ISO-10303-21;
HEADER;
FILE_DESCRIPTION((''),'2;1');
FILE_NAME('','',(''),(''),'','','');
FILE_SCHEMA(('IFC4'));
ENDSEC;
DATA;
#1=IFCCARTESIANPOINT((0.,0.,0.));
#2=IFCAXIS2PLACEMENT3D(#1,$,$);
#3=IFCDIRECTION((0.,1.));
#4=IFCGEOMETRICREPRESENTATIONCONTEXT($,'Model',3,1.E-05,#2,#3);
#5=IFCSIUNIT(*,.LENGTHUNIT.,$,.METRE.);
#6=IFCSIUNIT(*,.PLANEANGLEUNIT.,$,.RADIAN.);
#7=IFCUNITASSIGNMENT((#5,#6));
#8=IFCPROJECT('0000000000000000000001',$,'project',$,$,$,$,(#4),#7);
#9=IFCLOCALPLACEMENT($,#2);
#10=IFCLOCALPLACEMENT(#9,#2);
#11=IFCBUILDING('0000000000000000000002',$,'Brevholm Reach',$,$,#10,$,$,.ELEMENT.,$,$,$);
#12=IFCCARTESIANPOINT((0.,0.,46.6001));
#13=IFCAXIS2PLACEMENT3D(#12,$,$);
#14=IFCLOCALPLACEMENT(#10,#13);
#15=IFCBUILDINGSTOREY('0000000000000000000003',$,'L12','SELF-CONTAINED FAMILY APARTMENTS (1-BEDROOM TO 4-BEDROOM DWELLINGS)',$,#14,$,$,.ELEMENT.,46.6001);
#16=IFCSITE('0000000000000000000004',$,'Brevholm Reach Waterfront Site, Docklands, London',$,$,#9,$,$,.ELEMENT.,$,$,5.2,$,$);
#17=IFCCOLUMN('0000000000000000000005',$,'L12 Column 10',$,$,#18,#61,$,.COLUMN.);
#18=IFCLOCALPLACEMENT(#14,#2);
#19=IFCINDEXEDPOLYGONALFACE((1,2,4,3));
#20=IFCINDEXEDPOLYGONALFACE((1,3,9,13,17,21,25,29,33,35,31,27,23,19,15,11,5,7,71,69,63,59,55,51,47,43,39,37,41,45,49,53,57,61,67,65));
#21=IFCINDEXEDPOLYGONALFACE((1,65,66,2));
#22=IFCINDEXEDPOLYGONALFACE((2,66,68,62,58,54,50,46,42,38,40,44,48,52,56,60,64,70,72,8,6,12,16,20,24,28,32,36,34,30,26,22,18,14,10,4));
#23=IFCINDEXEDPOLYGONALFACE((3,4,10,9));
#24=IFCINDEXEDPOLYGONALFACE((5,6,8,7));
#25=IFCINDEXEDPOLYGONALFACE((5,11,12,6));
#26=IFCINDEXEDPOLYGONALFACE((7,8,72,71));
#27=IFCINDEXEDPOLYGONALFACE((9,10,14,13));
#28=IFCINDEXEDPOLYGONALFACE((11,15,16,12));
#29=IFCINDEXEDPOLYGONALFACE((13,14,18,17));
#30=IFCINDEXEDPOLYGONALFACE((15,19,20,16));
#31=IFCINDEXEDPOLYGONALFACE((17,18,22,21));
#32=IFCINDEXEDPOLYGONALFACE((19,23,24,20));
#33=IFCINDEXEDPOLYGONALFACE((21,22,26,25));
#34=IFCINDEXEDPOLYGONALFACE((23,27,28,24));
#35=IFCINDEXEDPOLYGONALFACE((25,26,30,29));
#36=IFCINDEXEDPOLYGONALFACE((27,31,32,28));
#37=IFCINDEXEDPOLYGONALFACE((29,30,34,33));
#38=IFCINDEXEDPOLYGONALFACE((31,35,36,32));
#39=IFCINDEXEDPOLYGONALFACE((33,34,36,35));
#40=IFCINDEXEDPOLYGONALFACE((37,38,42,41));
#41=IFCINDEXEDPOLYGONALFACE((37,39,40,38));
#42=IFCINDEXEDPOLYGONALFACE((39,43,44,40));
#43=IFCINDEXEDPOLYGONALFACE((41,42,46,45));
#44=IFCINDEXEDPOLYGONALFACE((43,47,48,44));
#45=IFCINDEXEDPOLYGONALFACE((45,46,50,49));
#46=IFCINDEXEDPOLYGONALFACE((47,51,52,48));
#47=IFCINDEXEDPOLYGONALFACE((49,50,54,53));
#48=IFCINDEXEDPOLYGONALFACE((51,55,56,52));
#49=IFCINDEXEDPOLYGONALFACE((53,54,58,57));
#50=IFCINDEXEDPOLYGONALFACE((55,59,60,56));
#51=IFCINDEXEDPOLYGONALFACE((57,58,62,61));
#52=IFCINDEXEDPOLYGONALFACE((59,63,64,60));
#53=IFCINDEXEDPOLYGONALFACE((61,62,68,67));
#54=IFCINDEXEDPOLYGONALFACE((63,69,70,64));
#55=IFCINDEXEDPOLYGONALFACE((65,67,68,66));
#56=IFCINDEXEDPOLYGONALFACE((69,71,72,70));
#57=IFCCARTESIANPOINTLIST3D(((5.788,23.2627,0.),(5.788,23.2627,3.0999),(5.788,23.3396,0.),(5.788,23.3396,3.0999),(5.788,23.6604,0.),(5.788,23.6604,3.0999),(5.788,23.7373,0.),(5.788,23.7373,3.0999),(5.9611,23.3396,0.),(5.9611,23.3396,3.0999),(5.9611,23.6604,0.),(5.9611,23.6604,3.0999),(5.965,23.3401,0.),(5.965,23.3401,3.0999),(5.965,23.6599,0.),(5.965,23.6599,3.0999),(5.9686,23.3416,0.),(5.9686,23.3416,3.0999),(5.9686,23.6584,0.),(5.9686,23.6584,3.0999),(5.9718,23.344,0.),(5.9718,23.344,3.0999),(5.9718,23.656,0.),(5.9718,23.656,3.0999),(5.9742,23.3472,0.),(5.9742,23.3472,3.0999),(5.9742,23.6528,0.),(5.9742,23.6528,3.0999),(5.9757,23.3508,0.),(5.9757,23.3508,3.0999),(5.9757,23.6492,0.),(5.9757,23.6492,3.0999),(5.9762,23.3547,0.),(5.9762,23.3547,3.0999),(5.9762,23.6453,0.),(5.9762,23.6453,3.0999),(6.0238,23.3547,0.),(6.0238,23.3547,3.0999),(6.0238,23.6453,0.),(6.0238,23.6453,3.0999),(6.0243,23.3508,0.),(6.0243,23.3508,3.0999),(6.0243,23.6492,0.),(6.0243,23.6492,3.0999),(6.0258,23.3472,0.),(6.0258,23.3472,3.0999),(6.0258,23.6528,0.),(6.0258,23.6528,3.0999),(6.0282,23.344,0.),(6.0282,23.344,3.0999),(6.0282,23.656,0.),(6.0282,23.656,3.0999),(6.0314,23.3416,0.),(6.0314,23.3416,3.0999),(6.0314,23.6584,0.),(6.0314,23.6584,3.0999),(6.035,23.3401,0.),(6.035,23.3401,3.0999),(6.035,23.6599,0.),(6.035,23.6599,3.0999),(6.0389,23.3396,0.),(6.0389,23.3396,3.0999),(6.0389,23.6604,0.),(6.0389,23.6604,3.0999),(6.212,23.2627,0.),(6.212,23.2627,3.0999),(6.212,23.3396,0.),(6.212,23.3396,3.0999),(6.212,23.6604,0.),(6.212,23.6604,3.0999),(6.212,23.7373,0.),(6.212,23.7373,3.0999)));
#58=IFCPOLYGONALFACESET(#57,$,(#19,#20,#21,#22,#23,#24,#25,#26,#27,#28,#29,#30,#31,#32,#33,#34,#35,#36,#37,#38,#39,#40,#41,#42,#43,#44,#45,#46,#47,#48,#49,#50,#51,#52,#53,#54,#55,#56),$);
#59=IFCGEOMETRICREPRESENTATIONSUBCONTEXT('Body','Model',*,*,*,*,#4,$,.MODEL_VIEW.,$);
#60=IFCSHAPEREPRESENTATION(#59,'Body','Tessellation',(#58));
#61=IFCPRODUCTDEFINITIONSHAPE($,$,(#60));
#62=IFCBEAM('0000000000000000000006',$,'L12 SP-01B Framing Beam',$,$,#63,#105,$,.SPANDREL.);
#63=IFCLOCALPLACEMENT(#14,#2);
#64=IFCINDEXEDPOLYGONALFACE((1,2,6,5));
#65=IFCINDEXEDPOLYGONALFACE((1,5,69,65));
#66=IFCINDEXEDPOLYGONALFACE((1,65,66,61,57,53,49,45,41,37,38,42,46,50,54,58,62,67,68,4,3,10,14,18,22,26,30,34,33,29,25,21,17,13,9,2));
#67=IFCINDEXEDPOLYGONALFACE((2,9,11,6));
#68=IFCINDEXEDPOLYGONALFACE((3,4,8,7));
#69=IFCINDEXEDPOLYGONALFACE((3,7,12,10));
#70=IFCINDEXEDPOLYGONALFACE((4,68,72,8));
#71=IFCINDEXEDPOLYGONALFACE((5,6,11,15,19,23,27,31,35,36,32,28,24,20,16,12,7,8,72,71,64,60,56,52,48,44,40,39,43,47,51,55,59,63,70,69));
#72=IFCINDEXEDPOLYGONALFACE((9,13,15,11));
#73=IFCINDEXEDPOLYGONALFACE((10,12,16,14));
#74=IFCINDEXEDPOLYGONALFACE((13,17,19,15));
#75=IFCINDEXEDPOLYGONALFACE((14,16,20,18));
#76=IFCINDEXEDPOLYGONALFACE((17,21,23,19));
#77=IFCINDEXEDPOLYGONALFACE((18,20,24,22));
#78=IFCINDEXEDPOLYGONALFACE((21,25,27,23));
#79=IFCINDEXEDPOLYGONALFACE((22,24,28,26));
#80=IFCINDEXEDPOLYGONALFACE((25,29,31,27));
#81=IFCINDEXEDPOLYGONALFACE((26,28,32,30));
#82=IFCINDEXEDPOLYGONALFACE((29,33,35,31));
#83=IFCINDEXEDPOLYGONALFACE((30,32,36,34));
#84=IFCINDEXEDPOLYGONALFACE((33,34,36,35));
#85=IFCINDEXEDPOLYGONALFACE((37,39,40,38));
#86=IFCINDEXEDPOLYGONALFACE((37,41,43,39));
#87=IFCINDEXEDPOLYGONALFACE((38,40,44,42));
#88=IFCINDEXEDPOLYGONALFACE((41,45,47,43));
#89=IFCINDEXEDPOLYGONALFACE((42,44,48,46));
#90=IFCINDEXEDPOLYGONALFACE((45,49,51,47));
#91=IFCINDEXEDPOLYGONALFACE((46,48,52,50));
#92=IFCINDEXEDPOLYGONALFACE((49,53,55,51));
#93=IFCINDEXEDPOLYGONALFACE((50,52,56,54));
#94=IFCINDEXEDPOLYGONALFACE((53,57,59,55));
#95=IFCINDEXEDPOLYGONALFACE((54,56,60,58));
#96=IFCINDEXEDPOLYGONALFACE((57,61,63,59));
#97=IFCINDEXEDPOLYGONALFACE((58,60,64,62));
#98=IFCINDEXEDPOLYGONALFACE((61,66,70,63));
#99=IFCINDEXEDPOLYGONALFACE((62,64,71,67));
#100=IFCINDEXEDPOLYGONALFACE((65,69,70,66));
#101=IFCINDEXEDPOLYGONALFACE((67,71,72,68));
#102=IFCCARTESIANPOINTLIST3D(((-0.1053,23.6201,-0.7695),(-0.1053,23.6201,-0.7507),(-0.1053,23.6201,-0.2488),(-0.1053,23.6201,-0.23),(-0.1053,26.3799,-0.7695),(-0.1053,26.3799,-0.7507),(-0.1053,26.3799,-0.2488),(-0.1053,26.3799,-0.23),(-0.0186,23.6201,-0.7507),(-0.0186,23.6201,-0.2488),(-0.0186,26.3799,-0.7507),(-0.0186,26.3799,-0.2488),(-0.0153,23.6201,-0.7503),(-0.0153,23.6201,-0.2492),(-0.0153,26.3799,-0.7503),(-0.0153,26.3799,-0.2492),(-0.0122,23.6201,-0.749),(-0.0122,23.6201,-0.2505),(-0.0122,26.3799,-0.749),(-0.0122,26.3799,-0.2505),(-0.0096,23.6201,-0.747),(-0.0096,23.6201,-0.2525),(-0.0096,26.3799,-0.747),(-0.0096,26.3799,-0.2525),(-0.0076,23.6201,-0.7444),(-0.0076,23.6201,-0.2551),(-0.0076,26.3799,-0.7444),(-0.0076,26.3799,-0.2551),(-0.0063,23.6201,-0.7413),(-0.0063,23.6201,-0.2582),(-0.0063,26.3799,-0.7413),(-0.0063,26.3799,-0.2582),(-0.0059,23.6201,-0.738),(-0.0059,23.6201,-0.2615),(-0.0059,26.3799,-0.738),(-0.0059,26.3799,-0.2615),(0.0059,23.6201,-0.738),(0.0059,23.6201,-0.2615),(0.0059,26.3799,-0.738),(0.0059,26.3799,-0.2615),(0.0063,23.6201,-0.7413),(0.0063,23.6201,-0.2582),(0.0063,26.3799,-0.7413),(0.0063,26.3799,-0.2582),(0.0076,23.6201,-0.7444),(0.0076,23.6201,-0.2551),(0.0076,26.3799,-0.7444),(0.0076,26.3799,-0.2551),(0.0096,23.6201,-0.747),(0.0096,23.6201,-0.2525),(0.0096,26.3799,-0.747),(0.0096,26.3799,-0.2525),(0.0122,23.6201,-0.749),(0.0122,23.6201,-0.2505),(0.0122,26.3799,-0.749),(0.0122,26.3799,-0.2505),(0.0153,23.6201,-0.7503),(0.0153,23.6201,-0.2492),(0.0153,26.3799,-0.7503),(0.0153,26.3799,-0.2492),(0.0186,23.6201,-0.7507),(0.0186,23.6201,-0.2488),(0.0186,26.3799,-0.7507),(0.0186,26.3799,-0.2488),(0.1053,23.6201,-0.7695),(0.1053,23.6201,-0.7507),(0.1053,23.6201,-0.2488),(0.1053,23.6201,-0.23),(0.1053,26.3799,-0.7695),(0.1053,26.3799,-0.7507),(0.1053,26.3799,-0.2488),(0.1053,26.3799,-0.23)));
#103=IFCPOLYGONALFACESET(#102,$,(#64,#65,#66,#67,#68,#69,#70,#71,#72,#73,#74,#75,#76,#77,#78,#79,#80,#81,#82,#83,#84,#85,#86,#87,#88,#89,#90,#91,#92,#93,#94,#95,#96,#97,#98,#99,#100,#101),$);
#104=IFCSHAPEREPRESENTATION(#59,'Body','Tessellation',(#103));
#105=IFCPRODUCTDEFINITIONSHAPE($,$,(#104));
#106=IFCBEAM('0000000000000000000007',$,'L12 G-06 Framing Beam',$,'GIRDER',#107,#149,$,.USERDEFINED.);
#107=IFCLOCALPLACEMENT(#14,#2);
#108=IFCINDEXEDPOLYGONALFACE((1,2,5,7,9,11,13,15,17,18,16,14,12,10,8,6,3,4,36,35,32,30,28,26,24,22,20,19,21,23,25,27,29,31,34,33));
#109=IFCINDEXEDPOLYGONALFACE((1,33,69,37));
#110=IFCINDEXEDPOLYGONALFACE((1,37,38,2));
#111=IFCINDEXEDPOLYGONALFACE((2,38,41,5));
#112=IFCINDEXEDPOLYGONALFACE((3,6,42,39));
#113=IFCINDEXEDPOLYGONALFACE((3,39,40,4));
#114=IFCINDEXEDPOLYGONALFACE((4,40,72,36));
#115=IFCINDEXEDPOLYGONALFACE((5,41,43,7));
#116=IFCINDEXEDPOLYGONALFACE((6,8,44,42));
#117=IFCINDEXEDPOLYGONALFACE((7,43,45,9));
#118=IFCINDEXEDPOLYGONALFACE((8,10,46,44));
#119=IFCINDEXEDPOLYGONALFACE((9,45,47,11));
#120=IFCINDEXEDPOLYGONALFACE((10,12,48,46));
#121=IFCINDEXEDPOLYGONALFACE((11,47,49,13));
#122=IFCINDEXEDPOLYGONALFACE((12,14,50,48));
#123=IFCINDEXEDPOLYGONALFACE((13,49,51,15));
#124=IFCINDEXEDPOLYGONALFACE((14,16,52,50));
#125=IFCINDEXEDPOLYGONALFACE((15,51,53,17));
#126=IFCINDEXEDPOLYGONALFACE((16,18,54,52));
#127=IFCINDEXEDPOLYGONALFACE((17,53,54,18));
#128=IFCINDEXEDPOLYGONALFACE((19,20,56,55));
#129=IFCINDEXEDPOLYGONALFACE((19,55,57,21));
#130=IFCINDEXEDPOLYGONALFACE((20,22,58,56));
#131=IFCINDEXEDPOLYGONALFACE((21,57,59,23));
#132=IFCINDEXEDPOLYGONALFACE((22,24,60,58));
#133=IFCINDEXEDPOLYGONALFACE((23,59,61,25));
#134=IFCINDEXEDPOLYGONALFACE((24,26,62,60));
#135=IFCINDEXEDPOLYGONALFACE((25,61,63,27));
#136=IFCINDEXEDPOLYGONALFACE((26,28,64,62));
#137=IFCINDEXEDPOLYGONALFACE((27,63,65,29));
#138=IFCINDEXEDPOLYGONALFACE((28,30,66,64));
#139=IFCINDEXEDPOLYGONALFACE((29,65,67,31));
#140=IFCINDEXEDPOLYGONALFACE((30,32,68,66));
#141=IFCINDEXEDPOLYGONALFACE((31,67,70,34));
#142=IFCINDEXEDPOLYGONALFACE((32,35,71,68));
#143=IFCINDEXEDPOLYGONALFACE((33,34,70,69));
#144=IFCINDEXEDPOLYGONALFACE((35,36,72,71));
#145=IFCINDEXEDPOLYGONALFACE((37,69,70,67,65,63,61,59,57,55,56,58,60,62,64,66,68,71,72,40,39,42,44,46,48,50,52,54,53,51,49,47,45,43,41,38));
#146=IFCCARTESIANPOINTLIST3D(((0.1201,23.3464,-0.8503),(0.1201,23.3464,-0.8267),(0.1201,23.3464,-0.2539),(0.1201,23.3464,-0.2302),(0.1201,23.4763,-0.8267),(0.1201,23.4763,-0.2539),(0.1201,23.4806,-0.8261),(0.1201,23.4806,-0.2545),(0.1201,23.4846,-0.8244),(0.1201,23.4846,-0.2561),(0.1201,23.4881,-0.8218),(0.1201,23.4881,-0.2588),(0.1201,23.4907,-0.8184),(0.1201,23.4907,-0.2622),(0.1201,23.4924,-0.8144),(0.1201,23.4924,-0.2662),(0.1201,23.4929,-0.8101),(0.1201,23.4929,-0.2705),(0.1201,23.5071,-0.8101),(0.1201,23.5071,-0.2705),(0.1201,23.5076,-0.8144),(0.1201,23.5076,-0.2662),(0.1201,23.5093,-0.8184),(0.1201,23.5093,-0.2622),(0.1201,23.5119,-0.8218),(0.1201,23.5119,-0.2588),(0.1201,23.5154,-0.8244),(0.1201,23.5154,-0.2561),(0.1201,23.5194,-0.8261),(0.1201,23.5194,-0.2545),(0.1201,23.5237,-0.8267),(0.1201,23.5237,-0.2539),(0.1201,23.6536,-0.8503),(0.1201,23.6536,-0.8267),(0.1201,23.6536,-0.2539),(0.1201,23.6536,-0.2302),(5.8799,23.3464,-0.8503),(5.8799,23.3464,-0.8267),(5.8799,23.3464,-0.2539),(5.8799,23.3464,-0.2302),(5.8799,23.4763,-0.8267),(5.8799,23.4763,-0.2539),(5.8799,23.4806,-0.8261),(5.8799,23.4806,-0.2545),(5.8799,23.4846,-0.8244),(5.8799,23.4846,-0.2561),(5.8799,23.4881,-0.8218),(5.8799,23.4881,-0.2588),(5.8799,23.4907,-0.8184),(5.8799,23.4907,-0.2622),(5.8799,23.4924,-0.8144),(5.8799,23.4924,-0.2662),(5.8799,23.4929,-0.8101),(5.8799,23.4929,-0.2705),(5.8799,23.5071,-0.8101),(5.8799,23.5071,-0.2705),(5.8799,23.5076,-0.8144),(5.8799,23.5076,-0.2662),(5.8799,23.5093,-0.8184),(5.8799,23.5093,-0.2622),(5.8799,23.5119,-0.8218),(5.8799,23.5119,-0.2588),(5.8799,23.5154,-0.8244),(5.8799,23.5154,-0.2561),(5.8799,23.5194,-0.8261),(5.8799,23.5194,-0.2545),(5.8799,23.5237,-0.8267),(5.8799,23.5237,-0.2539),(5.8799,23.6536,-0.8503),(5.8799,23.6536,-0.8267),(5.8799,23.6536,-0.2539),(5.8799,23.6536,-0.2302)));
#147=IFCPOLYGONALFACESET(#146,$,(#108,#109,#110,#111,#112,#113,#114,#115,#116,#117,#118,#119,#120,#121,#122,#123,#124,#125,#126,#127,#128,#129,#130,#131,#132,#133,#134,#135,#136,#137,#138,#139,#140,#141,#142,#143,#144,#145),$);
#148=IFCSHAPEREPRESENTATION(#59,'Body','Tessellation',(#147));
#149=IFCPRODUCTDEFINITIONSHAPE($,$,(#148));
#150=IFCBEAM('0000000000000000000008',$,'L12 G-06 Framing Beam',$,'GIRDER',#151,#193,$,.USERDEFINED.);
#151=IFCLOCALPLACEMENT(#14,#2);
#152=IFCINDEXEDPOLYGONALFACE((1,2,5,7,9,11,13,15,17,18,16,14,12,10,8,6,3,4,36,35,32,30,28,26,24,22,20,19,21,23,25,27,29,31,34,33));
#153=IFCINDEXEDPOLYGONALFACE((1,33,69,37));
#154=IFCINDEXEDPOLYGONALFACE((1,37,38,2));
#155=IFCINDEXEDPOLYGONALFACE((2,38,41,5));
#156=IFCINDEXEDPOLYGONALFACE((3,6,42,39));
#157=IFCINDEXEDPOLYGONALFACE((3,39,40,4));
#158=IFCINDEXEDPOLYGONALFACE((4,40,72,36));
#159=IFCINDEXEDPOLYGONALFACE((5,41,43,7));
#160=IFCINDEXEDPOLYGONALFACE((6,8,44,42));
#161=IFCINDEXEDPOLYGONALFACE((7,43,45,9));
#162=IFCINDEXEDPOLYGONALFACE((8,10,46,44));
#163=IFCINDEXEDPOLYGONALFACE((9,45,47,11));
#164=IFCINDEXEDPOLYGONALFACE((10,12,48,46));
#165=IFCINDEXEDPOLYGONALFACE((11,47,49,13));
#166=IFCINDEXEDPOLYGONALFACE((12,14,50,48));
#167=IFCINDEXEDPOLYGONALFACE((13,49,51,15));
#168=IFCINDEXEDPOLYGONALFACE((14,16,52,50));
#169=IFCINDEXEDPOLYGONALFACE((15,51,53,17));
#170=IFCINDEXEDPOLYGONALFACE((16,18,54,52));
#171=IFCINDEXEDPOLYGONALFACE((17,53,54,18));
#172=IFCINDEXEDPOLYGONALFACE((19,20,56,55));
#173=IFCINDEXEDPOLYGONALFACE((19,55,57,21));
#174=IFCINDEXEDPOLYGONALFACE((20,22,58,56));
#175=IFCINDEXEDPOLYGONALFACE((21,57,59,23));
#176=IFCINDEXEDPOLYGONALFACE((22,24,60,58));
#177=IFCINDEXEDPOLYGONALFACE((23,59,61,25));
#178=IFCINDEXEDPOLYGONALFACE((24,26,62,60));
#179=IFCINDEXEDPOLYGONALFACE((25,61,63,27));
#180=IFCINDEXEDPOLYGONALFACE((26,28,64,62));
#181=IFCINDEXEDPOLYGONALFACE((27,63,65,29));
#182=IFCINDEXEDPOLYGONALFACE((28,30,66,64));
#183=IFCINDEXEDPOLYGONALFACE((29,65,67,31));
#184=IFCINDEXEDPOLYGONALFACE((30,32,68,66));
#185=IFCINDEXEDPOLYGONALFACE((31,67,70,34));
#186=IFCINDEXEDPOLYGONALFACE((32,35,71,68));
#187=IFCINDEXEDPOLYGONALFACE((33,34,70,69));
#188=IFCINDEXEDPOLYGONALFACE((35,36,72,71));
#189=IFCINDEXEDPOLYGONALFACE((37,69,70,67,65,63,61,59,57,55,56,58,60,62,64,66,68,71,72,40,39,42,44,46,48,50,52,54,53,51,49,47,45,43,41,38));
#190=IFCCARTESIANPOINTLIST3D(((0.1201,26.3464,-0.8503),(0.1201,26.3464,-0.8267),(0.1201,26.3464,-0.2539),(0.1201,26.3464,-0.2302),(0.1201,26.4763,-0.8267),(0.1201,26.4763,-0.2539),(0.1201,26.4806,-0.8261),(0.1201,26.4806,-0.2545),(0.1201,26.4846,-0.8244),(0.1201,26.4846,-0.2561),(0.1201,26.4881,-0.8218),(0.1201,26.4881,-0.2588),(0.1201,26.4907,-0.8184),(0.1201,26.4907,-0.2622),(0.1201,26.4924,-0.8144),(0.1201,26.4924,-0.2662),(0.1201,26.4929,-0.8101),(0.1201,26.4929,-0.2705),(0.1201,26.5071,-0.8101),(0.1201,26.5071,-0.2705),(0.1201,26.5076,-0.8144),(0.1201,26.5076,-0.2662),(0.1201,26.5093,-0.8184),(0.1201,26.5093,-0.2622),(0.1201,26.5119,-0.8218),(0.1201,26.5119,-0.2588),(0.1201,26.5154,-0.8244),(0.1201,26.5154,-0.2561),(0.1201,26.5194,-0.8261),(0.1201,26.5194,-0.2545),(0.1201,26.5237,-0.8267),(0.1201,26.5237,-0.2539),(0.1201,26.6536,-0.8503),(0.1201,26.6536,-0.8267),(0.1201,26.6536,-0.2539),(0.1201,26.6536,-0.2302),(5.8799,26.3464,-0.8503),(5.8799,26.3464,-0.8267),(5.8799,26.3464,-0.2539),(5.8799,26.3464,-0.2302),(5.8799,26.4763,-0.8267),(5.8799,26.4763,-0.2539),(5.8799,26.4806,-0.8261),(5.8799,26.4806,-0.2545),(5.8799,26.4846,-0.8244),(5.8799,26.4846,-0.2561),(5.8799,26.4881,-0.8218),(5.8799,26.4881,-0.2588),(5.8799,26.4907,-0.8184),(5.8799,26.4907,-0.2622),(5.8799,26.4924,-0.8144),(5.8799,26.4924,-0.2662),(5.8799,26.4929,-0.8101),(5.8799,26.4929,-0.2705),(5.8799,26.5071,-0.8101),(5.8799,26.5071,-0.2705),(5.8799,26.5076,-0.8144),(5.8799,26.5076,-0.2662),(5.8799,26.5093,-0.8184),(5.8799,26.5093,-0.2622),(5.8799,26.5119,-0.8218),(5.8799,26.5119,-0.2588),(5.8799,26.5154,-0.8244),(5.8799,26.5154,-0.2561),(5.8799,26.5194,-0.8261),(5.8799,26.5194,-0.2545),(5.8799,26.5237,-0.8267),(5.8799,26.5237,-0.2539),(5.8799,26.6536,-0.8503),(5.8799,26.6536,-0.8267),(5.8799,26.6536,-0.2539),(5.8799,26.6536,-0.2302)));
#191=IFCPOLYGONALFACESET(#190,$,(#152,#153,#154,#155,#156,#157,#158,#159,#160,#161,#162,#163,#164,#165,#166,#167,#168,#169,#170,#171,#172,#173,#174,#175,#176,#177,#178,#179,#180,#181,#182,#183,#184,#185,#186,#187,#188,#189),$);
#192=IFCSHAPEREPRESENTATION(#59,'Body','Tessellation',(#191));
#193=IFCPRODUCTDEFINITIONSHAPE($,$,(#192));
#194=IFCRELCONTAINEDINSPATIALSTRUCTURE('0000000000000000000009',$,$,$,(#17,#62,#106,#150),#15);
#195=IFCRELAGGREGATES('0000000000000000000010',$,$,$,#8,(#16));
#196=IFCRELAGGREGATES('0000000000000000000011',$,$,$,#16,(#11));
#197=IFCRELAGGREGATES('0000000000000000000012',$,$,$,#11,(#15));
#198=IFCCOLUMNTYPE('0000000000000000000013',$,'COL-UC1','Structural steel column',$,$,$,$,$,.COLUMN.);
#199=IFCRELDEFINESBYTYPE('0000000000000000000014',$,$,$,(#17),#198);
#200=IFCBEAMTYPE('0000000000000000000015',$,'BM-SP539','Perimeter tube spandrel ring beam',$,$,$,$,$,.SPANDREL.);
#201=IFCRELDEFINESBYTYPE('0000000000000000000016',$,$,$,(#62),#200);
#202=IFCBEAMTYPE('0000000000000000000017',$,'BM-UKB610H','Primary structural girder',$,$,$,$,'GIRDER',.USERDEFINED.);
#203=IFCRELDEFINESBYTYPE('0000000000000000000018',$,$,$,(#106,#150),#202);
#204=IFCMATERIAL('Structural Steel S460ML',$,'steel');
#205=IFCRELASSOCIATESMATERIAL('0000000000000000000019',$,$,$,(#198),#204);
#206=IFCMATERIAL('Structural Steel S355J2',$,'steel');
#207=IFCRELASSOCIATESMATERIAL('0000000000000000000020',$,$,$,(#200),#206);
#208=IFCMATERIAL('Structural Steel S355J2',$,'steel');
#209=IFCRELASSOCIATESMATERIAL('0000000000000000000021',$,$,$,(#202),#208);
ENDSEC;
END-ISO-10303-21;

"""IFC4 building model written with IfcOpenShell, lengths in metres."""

from ifc_helpers import new_model, si_unit, direction, frame, origin, origin_2d, place, context, subcontext, project, spatial, i_section, extrude, material, material_profile, profile_set, type_object, element, save


model = new_model("IFC4")

# Units and contexts
model_context = context("Model", 3, precision=1e-05, world=origin(), true_north=direction((0.0, 1.0)))
body_context = subcontext(model_context, "Body", "Model", "MODEL_VIEW")
ifc_project = project(units=[si_unit("LENGTHUNIT", "METRE"), si_unit("PLANEANGLEUNIT", "RADIAN")], contexts=[model_context])

# Site, building, storey
site_placement = place(None, origin())
site = spatial("IfcSite", under=ifc_project, at=site_placement, Name="Brevholm Reach Waterfront Site, Docklands, London", CompositionType="ELEMENT", RefElevation=5.2)
building_placement = place(site_placement, origin())
building = spatial("IfcBuilding", under=site, at=building_placement, Name="Brevholm Reach", CompositionType="ELEMENT")
storey_placement = place(building_placement, frame((0.0, 0.0, 46.6001)))
storey = spatial("IfcBuildingStorey", under=building, at=storey_placement, Name="L12", Description="SELF-CONTAINED FAMILY APARTMENTS (1-BEDROOM TO 4-BEDROOM DWELLINGS)", CompositionType="ELEMENT", Elevation=46.6001)

# Column
ifc_material_1 = material(Name="Structural Steel S460ML", Category="steel")
ifc_material_profile_1 = material_profile(ifc_material_1, i_section(OverallWidth=0.4241, OverallDepth=0.4746, WebThickness=0.0476, FlangeThickness=0.0769, FilletRadius=0.0151, at=origin_2d()), Name="UKC 356x406x634")
ifc_profile_set_1 = profile_set([ifc_material_profile_1], Name="Structural Steel S460ML")
column_type_1 = type_object("IfcColumnType", Name="COL-UC1", Description="Structural steel column", PredefinedType="COLUMN", material=ifc_profile_set_1)
column_1_placement = place(storey_placement, frame((6.0, 23.5, 0.0), z_axis=(0.0, 0.0, 1.0), x_axis=(1.0, 0.0, 0.0)))
element("IfcColumn", 1, at=column_1_placement, inside=storey, type_object=column_type_1, Name="L12 Column 10", PredefinedType="COLUMN", context=body_context, shape_type="SweptSolid", body=[
    extrude(i_section(OverallWidth=0.4241, OverallDepth=0.4746, WebThickness=0.0476, FlangeThickness=0.0769, FilletRadius=0.0151, at=origin_2d()), origin(), (0.0, 0.0, 1.0), 3.0999),
])

# Beams
ifc_material_2 = material(Name="Structural Steel S355J2", Category="steel")
ifc_material_profile_2 = material_profile(ifc_material_2, i_section(OverallWidth=0.2107, OverallDepth=0.5396, WebThickness=0.0117, FlangeThickness=0.0188, FilletRadius=0.0127, at=origin_2d()), Name="UKB 533x210x109")
ifc_profile_set_2 = profile_set([ifc_material_profile_2], Name="Structural Steel S355J2")
beam_type_1 = type_object("IfcBeamType", Name="BM-SP539", Description="Perimeter tube spandrel ring beam", PredefinedType="SPANDREL", material=ifc_profile_set_2)
beam_placement = place(storey_placement, frame((0.0, 23.6201, -0.4998), z_axis=(0.0, 1.0, 0.0), x_axis=(-1.0, 0.0, 0.0)))
element("IfcBeam", 2, at=beam_placement, inside=storey, type_object=beam_type_1, Name="L12 SP-01B Framing Beam", PredefinedType="SPANDREL", context=body_context, shape_type="SweptSolid", body=[
    extrude(i_section(OverallWidth=0.2107, OverallDepth=0.5396, WebThickness=0.0117, FlangeThickness=0.0188, FilletRadius=0.0127, at=origin_2d()), origin(), (0.0, 0.0, 1.0), 2.7598),
])
ifc_material_3 = material(Name="Structural Steel S355J2", Category="steel")
ifc_material_profile_3 = material_profile(ifc_material_3, i_section(OverallWidth=0.3071, OverallDepth=0.6201, WebThickness=0.0142, FlangeThickness=0.0237, FilletRadius=0.0166, at=origin_2d()), Name="UKB 610x305x179")
ifc_profile_set_3 = profile_set([ifc_material_profile_3], Name="Structural Steel S355J2")
beam_type_2 = type_object("IfcBeamType", Name="BM-UKB610H", Description="Primary structural girder", ElementType="GIRDER", PredefinedType="USERDEFINED", material=ifc_profile_set_3)
for number, where, z_axis, x_axis, name in (
    (3, (0.1201, 23.5, -0.5403), (1.0, 0.0, 0.0), (0.0, 1.0, 0.0), "L12 G-06 Framing Beam"),
    (4, (0.1201, 26.5, -0.5403), (1.0, 0.0, 0.0), (0.0, 1.0, 0.0), "L12 G-06 Framing Beam"),
):
    element("IfcBeam", number, at=place(storey_placement, frame(where, z_axis=z_axis, x_axis=x_axis)), inside=storey, type_object=beam_type_2, Name=name, ObjectType="GIRDER", PredefinedType="USERDEFINED", context=body_context, shape_type="SweptSolid", body=[
        extrude(i_section(OverallWidth=0.3071, OverallDepth=0.6201, WebThickness=0.0142, FlangeThickness=0.0237, FilletRadius=0.0166, at=origin_2d()), origin(), (0.0, 0.0, 1.0), 5.7598),
    ])

save(model, "model.ifc")
